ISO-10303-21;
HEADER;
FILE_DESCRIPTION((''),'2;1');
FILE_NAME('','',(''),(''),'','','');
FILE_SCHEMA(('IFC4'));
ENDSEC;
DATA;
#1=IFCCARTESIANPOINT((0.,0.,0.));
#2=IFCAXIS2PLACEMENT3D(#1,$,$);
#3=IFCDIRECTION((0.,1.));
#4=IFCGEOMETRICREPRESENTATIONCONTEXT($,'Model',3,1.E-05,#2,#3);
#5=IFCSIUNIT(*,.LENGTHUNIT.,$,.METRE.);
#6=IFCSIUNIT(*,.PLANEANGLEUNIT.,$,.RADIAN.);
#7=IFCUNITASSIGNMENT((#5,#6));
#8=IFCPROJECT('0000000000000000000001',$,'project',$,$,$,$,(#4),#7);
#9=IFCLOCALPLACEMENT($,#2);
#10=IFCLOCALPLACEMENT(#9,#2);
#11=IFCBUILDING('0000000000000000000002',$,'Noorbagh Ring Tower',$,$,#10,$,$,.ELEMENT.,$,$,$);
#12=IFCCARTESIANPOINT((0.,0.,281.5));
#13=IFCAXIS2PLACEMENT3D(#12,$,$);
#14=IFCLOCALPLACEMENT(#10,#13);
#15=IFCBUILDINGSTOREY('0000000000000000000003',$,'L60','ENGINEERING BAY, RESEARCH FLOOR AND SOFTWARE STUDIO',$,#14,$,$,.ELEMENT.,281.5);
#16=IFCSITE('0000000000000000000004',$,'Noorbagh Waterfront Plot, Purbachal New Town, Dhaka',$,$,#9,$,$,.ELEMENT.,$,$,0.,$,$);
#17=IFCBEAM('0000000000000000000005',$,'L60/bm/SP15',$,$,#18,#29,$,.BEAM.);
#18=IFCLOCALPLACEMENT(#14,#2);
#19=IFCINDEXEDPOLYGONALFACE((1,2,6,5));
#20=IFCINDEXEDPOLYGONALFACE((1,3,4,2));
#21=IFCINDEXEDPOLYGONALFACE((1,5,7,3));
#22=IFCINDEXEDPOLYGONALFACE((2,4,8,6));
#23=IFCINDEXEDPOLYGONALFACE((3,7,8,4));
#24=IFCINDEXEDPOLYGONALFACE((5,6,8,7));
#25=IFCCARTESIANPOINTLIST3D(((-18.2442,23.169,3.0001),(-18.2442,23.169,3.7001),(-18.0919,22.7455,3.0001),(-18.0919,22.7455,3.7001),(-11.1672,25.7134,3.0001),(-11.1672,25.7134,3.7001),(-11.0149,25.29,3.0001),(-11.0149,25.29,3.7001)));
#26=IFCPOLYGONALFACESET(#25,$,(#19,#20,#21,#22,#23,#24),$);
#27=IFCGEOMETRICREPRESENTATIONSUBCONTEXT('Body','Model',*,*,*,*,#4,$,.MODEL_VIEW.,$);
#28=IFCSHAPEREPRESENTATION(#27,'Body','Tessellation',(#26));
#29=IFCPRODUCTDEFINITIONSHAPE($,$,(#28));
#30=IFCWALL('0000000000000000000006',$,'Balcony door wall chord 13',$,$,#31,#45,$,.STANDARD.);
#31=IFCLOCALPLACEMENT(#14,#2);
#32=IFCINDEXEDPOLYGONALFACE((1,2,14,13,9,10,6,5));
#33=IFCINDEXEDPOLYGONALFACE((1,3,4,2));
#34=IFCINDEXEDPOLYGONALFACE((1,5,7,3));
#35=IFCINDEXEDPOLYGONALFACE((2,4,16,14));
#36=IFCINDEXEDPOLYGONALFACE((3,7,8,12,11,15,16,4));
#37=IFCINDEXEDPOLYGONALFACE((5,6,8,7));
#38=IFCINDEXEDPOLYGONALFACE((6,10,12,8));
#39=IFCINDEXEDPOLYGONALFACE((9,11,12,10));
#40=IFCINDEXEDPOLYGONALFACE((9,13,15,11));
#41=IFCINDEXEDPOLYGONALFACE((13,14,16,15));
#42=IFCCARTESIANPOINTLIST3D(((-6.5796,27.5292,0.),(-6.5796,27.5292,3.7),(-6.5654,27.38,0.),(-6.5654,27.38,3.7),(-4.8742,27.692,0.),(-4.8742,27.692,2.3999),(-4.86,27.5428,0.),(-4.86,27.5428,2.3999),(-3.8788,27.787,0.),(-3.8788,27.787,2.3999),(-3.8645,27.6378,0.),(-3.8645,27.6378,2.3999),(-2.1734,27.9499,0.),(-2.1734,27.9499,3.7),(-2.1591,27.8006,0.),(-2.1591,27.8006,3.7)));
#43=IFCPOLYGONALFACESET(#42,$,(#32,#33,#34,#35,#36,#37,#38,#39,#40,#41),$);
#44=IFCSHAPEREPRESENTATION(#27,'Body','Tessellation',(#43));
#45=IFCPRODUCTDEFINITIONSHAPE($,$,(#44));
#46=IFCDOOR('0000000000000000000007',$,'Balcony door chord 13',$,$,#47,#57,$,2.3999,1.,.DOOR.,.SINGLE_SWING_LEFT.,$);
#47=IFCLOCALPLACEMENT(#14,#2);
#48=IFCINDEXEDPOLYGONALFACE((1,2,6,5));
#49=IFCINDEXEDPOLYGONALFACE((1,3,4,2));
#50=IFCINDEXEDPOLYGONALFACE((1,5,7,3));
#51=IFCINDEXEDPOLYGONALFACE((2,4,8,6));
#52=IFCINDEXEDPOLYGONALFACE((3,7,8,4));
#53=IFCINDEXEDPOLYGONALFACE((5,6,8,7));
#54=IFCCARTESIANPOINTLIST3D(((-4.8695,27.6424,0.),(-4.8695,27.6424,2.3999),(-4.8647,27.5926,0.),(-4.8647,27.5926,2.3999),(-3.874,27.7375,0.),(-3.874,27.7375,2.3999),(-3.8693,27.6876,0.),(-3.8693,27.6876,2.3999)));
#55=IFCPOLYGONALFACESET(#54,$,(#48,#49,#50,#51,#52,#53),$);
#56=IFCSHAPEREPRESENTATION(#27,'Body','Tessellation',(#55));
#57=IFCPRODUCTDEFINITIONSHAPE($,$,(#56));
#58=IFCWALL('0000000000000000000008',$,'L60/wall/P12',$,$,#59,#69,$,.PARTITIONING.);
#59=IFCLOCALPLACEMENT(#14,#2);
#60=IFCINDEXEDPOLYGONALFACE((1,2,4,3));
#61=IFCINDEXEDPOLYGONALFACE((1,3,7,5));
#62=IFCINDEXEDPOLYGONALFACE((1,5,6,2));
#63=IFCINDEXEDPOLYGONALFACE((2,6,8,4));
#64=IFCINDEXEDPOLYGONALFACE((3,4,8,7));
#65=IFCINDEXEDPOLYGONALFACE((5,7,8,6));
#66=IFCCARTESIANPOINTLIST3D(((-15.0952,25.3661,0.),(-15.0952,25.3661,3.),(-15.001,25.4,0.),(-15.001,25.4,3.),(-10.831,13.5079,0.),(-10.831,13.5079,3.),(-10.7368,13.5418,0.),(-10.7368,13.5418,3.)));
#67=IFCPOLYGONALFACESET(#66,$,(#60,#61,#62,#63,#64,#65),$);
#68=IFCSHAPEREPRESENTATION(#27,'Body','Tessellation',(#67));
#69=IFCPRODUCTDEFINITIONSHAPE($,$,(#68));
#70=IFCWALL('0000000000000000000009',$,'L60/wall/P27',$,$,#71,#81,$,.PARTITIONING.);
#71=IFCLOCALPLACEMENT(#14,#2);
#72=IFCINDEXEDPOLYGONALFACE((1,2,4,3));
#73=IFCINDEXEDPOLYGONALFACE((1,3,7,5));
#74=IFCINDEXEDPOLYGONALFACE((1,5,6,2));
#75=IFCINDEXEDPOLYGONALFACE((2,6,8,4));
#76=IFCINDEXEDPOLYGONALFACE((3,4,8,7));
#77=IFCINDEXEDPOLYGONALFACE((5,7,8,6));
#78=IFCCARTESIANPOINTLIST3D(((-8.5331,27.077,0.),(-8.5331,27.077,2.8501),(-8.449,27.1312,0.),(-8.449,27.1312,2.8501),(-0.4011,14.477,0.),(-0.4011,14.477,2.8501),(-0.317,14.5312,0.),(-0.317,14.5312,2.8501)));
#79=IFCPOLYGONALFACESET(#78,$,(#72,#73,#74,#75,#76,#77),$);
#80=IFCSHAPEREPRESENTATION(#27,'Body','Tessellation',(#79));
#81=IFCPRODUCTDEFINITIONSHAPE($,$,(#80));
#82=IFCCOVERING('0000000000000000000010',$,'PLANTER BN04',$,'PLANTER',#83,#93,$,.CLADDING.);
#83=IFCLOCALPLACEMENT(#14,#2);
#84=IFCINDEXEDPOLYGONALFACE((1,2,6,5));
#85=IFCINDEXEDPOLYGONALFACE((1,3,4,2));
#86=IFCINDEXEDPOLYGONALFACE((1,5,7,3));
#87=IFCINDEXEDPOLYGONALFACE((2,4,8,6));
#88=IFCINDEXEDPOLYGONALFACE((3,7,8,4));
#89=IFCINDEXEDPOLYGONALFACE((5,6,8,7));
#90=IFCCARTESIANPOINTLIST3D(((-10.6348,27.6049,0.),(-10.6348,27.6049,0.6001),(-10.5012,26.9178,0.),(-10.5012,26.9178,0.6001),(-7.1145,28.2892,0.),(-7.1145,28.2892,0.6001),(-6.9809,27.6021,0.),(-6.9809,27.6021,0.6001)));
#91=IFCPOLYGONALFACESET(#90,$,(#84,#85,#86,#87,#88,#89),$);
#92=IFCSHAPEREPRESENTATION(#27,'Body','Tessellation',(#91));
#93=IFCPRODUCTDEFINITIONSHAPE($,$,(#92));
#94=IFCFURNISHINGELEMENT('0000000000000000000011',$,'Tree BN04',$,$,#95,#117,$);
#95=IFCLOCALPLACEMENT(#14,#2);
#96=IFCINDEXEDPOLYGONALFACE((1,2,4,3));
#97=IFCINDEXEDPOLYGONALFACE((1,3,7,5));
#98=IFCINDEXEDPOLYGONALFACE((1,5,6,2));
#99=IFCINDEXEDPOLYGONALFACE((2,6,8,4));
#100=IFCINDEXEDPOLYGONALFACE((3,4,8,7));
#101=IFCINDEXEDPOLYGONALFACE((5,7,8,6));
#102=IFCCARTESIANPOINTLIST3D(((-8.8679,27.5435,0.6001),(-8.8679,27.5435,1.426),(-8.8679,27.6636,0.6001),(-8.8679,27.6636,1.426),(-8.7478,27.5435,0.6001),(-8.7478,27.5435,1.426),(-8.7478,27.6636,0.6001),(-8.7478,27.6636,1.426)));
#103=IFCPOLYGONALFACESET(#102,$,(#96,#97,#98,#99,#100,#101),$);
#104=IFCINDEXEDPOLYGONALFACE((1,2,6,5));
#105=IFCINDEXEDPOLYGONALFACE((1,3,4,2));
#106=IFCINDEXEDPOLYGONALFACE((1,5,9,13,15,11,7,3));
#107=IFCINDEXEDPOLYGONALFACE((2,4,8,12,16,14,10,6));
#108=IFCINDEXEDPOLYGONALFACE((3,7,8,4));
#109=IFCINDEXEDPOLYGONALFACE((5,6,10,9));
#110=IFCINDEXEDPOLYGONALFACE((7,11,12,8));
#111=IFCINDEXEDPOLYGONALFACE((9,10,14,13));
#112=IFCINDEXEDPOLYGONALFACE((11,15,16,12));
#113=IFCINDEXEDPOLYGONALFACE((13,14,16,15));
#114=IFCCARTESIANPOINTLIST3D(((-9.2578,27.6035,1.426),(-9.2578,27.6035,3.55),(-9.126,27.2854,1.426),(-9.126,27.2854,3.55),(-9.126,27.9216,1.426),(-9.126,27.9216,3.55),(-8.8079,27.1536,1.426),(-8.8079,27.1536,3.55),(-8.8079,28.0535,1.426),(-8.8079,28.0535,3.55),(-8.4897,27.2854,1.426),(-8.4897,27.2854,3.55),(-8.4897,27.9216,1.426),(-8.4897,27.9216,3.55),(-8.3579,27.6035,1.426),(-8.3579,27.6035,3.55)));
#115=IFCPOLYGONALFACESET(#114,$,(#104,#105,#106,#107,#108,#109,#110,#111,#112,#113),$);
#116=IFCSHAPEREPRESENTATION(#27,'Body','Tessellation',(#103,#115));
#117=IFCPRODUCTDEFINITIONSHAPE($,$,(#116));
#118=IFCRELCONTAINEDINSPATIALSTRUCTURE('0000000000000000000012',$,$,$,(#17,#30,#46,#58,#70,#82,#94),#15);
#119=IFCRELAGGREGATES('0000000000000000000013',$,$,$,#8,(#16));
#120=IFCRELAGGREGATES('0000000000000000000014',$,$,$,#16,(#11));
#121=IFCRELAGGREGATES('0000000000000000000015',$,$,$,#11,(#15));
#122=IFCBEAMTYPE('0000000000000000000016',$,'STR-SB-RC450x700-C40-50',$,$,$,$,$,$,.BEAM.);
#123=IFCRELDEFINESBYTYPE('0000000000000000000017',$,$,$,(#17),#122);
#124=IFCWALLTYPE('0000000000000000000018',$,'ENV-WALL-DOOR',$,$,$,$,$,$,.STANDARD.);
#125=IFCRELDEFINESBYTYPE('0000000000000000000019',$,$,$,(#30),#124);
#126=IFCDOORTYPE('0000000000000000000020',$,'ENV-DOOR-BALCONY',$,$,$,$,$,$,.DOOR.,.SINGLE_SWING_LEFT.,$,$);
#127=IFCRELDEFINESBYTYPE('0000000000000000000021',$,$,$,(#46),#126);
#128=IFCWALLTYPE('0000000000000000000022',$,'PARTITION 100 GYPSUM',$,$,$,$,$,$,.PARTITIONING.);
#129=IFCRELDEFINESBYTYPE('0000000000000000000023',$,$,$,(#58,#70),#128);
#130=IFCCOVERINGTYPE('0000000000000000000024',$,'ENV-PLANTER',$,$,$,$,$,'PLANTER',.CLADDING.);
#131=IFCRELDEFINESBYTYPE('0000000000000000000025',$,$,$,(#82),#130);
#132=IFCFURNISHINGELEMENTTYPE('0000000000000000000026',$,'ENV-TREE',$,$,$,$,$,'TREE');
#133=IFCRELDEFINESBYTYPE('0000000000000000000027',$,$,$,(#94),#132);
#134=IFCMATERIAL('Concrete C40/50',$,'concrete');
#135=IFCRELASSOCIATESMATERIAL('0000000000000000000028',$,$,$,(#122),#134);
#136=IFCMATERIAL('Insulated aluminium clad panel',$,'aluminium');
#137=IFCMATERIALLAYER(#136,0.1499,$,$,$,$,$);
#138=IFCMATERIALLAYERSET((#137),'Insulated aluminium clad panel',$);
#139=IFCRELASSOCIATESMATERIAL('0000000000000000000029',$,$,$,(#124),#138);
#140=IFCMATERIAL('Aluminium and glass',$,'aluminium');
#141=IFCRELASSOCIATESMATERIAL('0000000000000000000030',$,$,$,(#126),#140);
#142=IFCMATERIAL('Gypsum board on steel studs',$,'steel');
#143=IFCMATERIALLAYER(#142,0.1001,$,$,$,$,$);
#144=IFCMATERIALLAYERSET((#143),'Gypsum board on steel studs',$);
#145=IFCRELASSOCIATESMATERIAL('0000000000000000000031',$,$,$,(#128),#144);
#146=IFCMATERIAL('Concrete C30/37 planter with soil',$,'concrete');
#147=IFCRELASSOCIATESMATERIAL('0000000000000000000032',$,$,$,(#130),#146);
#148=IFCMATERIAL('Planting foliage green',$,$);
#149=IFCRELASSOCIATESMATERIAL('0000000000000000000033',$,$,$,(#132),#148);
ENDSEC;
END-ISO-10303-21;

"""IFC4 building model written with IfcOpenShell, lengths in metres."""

from ifc_helpers import new_model, si_unit, direction, frame, frame_2d, origin, origin_2d, place, context, subcontext, project, spatial, polyline, rectangle, outline, extrude, material, layer, layer_set, material_profile, profile_set, type_object, element, fill, save


model = new_model("IFC4")

# Units and contexts
model_context = context("Model", 3, precision=1e-05, world=origin(), true_north=direction((0.0, 1.0)))
body_context = subcontext(model_context, "Body", "Model", "MODEL_VIEW")
ifc_project = project(units=[si_unit("LENGTHUNIT", "METRE"), si_unit("PLANEANGLEUNIT", "RADIAN")], contexts=[model_context])

# Site, building, storey
site_placement = place(None, origin())
site = spatial("IfcSite", under=ifc_project, at=site_placement, Name="Noorbagh Waterfront Plot, Purbachal New Town, Dhaka", CompositionType="ELEMENT", RefElevation=0.0)
building_placement = place(site_placement, origin())
building = spatial("IfcBuilding", under=site, at=building_placement, Name="Noorbagh Ring Tower", CompositionType="ELEMENT")
storey_placement = place(building_placement, frame((0.0, 0.0, 281.5)))
storey = spatial("IfcBuildingStorey", under=building, at=storey_placement, Name="L60", Description="ENGINEERING BAY, RESEARCH FLOOR AND SOFTWARE STUDIO", CompositionType="ELEMENT", Elevation=281.5)

# Beam
ifc_material_1 = material(Name="Concrete C40/50", Category="concrete")
ifc_material_profile_1 = material_profile(ifc_material_1, rectangle(XDim=0.45, YDim=0.7, at=origin_2d()), Name="RC450x700")
ifc_profile_set_1 = profile_set([ifc_material_profile_1], Name="Concrete C40/50")
beam_type_1 = type_object("IfcBeamType", Name="STR-SB-RC450x700-C40-50", PredefinedType="BEAM", material=ifc_profile_set_1)
beam_1_placement = place(storey_placement, frame((-11.0911, 25.5017, 3.3501), z_axis=(-0.941025, -0.338337, 0.0), x_axis=(0.338337, -0.941025, 0.0)))
element("IfcBeam", 1, at=beam_1_placement, inside=storey, type_object=beam_type_1, Name="L60/bm/SP15", PredefinedType="BEAM", context=body_context, shape_type="SweptSolid", body=[
    extrude(rectangle(XDim=0.45, YDim=0.7, at=origin_2d()), origin(), (0.0, 0.0, 1.0), 7.5205),
])

# Wall, opening, door
ifc_material_2 = material(Name="Insulated aluminium clad panel", Category="aluminium")
ifc_layer_1 = layer(ifc_material_2, 0.1499)
ifc_layer_set_1 = layer_set([ifc_layer_1], Name="Insulated aluminium clad panel")
wall_type_1 = type_object("IfcWallType", Name="ENV-WALL-DOOR", PredefinedType="STANDARD", material=ifc_layer_set_1)
wall_1_placement = place(storey_placement, frame((-2.1663, 27.8752, 0.0), z_axis=(0.0, 0.0, 1.0), x_axis=(-0.995474, -0.095036, 0.0)))
wall_1 = element("IfcWall", 2, at=wall_1_placement, inside=storey, type_object=wall_type_1, Name="Balcony door wall chord 13", PredefinedType="STANDARD", context=body_context, shape_type="SweptSolid", body=[
    extrude(rectangle(XDim=4.4263, YDim=0.1499, at=frame_2d((2.2131, 0.0))), origin(), (0.0, 0.0, 1.0), 3.7),
])
opening_placement = place(wall_1_placement, frame((1.7131, 0.0, 0.0)))
opening = element("IfcOpeningElement", 3, at=opening_placement, cuts=wall_1, PredefinedType="OPENING", context=body_context, shape_type="SweptSolid", body=[
    extrude(rectangle(XDim=1.0, YDim=2.3999, at=frame_2d((0.5, 1.2))), frame((0.0, 0.085, 0.0), z_axis=(0.0, -1.0, 0.0), x_axis=(1.0, 0.0, 0.0)), (0.0, 0.0, 1.0), 0.1699),
])
ifc_material_3 = material(Name="Aluminium and glass", Category="aluminium")
door_type = type_object("IfcDoorType", Name="ENV-DOOR-BALCONY", OperationType="SINGLE_SWING_LEFT", PredefinedType="DOOR", material=ifc_material_3)
door_placement = place(opening_placement, origin())
door = element("IfcDoor", 4, at=door_placement, inside=storey, type_object=door_type, Name="Balcony door chord 13", OperationType="SINGLE_SWING_LEFT", OverallHeight=2.3999, OverallWidth=1.0, PredefinedType="DOOR", context=body_context, shape_type="SweptSolid", body=[
    extrude(rectangle(XDim=1.0, YDim=2.3999, at=frame_2d((0.5, 1.2))), frame((0.0, 0.0249, 0.0), z_axis=(0.0, -1.0, 0.0), x_axis=(1.0, 0.0, 0.0)), (0.0, 0.0, 1.0), 0.05),
])
fill(opening, door)

# Walls
ifc_material_4 = material(Name="Gypsum board on steel studs", Category="steel")
ifc_layer_2 = layer(ifc_material_4, 0.1001)
ifc_layer_set_2 = layer_set([ifc_layer_2], Name="Gypsum board on steel studs")
wall_type_2 = type_object("IfcWallType", Name="PARTITION 100 GYPSUM", PredefinedType="PARTITIONING", material=ifc_layer_set_2)
wall_2_placement = place(storey_placement, frame((-15.0481, 25.3831, 0.0), z_axis=(0.0, 0.0, 1.0), x_axis=(0.338384, -0.941008, 0.0)))
element("IfcWall", 5, at=wall_2_placement, inside=storey, type_object=wall_type_2, Name="L60/wall/P12", PredefinedType="PARTITIONING", context=body_context, shape_type="SweptSolid", body=[
    extrude(rectangle(XDim=12.6016, YDim=0.1001, at=frame_2d((6.3008, 0.0))), origin(), (0.0, 0.0, 1.0), 3.0),
])
wall_3_placement = place(storey_placement, frame((-8.491, 27.104, 0.0), z_axis=(0.0, 0.0, 1.0), x_axis=(0.542267, -0.840206, 0.0)))
element("IfcWall", 6, at=wall_3_placement, inside=storey, type_object=wall_type_2, Name="L60/wall/P27", PredefinedType="PARTITIONING", context=body_context, shape_type="SweptSolid", body=[
    extrude(rectangle(XDim=14.9963, YDim=0.1001, at=frame_2d((7.498, 0.0))), origin(), (0.0, 0.0, 1.0), 2.8501),
])

# Covering
ifc_material_5 = material(Name="Concrete C30/37 planter with soil", Category="concrete")
covering_type = type_object("IfcCoveringType", Name="ENV-PLANTER", ElementType="PLANTER", PredefinedType="CLADDING", material=ifc_material_5)
covering_placement = place(storey_placement, frame((-8.8079, 27.6035, 0.0), z_axis=(0.0, 0.0, 1.0), x_axis=(-0.981625, -0.19082, 0.0)))
element("IfcCovering", 7, at=covering_placement, inside=storey, type_object=covering_type, Name="PLANTER BN04", ObjectType="PLANTER", PredefinedType="CLADDING", context=body_context, shape_type="SweptSolid", body=[
    extrude(rectangle(XDim=3.5862, YDim=0.7, at=origin_2d()), origin(), (0.0, 0.0, 1.0), 0.6001),
])

# Furnishing element
ifc_material_6 = material(Name="Planting foliage green")
furnishing_element_type = type_object("IfcFurnishingElementType", Name="ENV-TREE", ElementType="TREE", material=ifc_material_6)
furnishing_placement = place(storey_placement, frame((-8.8079, 27.6035, 0.6001), z_axis=(0.0, 0.0, 1.0), x_axis=(1.0, 0.0, 0.0)))
element("IfcFurnishingElement", 8, at=furnishing_placement, inside=storey, type_object=furnishing_element_type, Name="Tree BN04", context=body_context, shape_type="SweptSolid", body=[
    extrude(rectangle(XDim=0.1201, YDim=0.1201, at=origin_2d()), origin(), (0.0, 0.0, 1.0), 0.8259),
    extrude(outline(polyline([(0.45, 0.0), (0.3181, 0.3181), (0.0, 0.45), (-0.3181, 0.3181), (-0.45, 0.0), (-0.3181, -0.3181), (0.0, -0.45), (0.3181, -0.3181), (0.45, 0.0)])), frame((0.0, 0.0, 0.8259)), (0.0, 0.0, 1.0), 2.124),
])

save(model, "model.ifc")
